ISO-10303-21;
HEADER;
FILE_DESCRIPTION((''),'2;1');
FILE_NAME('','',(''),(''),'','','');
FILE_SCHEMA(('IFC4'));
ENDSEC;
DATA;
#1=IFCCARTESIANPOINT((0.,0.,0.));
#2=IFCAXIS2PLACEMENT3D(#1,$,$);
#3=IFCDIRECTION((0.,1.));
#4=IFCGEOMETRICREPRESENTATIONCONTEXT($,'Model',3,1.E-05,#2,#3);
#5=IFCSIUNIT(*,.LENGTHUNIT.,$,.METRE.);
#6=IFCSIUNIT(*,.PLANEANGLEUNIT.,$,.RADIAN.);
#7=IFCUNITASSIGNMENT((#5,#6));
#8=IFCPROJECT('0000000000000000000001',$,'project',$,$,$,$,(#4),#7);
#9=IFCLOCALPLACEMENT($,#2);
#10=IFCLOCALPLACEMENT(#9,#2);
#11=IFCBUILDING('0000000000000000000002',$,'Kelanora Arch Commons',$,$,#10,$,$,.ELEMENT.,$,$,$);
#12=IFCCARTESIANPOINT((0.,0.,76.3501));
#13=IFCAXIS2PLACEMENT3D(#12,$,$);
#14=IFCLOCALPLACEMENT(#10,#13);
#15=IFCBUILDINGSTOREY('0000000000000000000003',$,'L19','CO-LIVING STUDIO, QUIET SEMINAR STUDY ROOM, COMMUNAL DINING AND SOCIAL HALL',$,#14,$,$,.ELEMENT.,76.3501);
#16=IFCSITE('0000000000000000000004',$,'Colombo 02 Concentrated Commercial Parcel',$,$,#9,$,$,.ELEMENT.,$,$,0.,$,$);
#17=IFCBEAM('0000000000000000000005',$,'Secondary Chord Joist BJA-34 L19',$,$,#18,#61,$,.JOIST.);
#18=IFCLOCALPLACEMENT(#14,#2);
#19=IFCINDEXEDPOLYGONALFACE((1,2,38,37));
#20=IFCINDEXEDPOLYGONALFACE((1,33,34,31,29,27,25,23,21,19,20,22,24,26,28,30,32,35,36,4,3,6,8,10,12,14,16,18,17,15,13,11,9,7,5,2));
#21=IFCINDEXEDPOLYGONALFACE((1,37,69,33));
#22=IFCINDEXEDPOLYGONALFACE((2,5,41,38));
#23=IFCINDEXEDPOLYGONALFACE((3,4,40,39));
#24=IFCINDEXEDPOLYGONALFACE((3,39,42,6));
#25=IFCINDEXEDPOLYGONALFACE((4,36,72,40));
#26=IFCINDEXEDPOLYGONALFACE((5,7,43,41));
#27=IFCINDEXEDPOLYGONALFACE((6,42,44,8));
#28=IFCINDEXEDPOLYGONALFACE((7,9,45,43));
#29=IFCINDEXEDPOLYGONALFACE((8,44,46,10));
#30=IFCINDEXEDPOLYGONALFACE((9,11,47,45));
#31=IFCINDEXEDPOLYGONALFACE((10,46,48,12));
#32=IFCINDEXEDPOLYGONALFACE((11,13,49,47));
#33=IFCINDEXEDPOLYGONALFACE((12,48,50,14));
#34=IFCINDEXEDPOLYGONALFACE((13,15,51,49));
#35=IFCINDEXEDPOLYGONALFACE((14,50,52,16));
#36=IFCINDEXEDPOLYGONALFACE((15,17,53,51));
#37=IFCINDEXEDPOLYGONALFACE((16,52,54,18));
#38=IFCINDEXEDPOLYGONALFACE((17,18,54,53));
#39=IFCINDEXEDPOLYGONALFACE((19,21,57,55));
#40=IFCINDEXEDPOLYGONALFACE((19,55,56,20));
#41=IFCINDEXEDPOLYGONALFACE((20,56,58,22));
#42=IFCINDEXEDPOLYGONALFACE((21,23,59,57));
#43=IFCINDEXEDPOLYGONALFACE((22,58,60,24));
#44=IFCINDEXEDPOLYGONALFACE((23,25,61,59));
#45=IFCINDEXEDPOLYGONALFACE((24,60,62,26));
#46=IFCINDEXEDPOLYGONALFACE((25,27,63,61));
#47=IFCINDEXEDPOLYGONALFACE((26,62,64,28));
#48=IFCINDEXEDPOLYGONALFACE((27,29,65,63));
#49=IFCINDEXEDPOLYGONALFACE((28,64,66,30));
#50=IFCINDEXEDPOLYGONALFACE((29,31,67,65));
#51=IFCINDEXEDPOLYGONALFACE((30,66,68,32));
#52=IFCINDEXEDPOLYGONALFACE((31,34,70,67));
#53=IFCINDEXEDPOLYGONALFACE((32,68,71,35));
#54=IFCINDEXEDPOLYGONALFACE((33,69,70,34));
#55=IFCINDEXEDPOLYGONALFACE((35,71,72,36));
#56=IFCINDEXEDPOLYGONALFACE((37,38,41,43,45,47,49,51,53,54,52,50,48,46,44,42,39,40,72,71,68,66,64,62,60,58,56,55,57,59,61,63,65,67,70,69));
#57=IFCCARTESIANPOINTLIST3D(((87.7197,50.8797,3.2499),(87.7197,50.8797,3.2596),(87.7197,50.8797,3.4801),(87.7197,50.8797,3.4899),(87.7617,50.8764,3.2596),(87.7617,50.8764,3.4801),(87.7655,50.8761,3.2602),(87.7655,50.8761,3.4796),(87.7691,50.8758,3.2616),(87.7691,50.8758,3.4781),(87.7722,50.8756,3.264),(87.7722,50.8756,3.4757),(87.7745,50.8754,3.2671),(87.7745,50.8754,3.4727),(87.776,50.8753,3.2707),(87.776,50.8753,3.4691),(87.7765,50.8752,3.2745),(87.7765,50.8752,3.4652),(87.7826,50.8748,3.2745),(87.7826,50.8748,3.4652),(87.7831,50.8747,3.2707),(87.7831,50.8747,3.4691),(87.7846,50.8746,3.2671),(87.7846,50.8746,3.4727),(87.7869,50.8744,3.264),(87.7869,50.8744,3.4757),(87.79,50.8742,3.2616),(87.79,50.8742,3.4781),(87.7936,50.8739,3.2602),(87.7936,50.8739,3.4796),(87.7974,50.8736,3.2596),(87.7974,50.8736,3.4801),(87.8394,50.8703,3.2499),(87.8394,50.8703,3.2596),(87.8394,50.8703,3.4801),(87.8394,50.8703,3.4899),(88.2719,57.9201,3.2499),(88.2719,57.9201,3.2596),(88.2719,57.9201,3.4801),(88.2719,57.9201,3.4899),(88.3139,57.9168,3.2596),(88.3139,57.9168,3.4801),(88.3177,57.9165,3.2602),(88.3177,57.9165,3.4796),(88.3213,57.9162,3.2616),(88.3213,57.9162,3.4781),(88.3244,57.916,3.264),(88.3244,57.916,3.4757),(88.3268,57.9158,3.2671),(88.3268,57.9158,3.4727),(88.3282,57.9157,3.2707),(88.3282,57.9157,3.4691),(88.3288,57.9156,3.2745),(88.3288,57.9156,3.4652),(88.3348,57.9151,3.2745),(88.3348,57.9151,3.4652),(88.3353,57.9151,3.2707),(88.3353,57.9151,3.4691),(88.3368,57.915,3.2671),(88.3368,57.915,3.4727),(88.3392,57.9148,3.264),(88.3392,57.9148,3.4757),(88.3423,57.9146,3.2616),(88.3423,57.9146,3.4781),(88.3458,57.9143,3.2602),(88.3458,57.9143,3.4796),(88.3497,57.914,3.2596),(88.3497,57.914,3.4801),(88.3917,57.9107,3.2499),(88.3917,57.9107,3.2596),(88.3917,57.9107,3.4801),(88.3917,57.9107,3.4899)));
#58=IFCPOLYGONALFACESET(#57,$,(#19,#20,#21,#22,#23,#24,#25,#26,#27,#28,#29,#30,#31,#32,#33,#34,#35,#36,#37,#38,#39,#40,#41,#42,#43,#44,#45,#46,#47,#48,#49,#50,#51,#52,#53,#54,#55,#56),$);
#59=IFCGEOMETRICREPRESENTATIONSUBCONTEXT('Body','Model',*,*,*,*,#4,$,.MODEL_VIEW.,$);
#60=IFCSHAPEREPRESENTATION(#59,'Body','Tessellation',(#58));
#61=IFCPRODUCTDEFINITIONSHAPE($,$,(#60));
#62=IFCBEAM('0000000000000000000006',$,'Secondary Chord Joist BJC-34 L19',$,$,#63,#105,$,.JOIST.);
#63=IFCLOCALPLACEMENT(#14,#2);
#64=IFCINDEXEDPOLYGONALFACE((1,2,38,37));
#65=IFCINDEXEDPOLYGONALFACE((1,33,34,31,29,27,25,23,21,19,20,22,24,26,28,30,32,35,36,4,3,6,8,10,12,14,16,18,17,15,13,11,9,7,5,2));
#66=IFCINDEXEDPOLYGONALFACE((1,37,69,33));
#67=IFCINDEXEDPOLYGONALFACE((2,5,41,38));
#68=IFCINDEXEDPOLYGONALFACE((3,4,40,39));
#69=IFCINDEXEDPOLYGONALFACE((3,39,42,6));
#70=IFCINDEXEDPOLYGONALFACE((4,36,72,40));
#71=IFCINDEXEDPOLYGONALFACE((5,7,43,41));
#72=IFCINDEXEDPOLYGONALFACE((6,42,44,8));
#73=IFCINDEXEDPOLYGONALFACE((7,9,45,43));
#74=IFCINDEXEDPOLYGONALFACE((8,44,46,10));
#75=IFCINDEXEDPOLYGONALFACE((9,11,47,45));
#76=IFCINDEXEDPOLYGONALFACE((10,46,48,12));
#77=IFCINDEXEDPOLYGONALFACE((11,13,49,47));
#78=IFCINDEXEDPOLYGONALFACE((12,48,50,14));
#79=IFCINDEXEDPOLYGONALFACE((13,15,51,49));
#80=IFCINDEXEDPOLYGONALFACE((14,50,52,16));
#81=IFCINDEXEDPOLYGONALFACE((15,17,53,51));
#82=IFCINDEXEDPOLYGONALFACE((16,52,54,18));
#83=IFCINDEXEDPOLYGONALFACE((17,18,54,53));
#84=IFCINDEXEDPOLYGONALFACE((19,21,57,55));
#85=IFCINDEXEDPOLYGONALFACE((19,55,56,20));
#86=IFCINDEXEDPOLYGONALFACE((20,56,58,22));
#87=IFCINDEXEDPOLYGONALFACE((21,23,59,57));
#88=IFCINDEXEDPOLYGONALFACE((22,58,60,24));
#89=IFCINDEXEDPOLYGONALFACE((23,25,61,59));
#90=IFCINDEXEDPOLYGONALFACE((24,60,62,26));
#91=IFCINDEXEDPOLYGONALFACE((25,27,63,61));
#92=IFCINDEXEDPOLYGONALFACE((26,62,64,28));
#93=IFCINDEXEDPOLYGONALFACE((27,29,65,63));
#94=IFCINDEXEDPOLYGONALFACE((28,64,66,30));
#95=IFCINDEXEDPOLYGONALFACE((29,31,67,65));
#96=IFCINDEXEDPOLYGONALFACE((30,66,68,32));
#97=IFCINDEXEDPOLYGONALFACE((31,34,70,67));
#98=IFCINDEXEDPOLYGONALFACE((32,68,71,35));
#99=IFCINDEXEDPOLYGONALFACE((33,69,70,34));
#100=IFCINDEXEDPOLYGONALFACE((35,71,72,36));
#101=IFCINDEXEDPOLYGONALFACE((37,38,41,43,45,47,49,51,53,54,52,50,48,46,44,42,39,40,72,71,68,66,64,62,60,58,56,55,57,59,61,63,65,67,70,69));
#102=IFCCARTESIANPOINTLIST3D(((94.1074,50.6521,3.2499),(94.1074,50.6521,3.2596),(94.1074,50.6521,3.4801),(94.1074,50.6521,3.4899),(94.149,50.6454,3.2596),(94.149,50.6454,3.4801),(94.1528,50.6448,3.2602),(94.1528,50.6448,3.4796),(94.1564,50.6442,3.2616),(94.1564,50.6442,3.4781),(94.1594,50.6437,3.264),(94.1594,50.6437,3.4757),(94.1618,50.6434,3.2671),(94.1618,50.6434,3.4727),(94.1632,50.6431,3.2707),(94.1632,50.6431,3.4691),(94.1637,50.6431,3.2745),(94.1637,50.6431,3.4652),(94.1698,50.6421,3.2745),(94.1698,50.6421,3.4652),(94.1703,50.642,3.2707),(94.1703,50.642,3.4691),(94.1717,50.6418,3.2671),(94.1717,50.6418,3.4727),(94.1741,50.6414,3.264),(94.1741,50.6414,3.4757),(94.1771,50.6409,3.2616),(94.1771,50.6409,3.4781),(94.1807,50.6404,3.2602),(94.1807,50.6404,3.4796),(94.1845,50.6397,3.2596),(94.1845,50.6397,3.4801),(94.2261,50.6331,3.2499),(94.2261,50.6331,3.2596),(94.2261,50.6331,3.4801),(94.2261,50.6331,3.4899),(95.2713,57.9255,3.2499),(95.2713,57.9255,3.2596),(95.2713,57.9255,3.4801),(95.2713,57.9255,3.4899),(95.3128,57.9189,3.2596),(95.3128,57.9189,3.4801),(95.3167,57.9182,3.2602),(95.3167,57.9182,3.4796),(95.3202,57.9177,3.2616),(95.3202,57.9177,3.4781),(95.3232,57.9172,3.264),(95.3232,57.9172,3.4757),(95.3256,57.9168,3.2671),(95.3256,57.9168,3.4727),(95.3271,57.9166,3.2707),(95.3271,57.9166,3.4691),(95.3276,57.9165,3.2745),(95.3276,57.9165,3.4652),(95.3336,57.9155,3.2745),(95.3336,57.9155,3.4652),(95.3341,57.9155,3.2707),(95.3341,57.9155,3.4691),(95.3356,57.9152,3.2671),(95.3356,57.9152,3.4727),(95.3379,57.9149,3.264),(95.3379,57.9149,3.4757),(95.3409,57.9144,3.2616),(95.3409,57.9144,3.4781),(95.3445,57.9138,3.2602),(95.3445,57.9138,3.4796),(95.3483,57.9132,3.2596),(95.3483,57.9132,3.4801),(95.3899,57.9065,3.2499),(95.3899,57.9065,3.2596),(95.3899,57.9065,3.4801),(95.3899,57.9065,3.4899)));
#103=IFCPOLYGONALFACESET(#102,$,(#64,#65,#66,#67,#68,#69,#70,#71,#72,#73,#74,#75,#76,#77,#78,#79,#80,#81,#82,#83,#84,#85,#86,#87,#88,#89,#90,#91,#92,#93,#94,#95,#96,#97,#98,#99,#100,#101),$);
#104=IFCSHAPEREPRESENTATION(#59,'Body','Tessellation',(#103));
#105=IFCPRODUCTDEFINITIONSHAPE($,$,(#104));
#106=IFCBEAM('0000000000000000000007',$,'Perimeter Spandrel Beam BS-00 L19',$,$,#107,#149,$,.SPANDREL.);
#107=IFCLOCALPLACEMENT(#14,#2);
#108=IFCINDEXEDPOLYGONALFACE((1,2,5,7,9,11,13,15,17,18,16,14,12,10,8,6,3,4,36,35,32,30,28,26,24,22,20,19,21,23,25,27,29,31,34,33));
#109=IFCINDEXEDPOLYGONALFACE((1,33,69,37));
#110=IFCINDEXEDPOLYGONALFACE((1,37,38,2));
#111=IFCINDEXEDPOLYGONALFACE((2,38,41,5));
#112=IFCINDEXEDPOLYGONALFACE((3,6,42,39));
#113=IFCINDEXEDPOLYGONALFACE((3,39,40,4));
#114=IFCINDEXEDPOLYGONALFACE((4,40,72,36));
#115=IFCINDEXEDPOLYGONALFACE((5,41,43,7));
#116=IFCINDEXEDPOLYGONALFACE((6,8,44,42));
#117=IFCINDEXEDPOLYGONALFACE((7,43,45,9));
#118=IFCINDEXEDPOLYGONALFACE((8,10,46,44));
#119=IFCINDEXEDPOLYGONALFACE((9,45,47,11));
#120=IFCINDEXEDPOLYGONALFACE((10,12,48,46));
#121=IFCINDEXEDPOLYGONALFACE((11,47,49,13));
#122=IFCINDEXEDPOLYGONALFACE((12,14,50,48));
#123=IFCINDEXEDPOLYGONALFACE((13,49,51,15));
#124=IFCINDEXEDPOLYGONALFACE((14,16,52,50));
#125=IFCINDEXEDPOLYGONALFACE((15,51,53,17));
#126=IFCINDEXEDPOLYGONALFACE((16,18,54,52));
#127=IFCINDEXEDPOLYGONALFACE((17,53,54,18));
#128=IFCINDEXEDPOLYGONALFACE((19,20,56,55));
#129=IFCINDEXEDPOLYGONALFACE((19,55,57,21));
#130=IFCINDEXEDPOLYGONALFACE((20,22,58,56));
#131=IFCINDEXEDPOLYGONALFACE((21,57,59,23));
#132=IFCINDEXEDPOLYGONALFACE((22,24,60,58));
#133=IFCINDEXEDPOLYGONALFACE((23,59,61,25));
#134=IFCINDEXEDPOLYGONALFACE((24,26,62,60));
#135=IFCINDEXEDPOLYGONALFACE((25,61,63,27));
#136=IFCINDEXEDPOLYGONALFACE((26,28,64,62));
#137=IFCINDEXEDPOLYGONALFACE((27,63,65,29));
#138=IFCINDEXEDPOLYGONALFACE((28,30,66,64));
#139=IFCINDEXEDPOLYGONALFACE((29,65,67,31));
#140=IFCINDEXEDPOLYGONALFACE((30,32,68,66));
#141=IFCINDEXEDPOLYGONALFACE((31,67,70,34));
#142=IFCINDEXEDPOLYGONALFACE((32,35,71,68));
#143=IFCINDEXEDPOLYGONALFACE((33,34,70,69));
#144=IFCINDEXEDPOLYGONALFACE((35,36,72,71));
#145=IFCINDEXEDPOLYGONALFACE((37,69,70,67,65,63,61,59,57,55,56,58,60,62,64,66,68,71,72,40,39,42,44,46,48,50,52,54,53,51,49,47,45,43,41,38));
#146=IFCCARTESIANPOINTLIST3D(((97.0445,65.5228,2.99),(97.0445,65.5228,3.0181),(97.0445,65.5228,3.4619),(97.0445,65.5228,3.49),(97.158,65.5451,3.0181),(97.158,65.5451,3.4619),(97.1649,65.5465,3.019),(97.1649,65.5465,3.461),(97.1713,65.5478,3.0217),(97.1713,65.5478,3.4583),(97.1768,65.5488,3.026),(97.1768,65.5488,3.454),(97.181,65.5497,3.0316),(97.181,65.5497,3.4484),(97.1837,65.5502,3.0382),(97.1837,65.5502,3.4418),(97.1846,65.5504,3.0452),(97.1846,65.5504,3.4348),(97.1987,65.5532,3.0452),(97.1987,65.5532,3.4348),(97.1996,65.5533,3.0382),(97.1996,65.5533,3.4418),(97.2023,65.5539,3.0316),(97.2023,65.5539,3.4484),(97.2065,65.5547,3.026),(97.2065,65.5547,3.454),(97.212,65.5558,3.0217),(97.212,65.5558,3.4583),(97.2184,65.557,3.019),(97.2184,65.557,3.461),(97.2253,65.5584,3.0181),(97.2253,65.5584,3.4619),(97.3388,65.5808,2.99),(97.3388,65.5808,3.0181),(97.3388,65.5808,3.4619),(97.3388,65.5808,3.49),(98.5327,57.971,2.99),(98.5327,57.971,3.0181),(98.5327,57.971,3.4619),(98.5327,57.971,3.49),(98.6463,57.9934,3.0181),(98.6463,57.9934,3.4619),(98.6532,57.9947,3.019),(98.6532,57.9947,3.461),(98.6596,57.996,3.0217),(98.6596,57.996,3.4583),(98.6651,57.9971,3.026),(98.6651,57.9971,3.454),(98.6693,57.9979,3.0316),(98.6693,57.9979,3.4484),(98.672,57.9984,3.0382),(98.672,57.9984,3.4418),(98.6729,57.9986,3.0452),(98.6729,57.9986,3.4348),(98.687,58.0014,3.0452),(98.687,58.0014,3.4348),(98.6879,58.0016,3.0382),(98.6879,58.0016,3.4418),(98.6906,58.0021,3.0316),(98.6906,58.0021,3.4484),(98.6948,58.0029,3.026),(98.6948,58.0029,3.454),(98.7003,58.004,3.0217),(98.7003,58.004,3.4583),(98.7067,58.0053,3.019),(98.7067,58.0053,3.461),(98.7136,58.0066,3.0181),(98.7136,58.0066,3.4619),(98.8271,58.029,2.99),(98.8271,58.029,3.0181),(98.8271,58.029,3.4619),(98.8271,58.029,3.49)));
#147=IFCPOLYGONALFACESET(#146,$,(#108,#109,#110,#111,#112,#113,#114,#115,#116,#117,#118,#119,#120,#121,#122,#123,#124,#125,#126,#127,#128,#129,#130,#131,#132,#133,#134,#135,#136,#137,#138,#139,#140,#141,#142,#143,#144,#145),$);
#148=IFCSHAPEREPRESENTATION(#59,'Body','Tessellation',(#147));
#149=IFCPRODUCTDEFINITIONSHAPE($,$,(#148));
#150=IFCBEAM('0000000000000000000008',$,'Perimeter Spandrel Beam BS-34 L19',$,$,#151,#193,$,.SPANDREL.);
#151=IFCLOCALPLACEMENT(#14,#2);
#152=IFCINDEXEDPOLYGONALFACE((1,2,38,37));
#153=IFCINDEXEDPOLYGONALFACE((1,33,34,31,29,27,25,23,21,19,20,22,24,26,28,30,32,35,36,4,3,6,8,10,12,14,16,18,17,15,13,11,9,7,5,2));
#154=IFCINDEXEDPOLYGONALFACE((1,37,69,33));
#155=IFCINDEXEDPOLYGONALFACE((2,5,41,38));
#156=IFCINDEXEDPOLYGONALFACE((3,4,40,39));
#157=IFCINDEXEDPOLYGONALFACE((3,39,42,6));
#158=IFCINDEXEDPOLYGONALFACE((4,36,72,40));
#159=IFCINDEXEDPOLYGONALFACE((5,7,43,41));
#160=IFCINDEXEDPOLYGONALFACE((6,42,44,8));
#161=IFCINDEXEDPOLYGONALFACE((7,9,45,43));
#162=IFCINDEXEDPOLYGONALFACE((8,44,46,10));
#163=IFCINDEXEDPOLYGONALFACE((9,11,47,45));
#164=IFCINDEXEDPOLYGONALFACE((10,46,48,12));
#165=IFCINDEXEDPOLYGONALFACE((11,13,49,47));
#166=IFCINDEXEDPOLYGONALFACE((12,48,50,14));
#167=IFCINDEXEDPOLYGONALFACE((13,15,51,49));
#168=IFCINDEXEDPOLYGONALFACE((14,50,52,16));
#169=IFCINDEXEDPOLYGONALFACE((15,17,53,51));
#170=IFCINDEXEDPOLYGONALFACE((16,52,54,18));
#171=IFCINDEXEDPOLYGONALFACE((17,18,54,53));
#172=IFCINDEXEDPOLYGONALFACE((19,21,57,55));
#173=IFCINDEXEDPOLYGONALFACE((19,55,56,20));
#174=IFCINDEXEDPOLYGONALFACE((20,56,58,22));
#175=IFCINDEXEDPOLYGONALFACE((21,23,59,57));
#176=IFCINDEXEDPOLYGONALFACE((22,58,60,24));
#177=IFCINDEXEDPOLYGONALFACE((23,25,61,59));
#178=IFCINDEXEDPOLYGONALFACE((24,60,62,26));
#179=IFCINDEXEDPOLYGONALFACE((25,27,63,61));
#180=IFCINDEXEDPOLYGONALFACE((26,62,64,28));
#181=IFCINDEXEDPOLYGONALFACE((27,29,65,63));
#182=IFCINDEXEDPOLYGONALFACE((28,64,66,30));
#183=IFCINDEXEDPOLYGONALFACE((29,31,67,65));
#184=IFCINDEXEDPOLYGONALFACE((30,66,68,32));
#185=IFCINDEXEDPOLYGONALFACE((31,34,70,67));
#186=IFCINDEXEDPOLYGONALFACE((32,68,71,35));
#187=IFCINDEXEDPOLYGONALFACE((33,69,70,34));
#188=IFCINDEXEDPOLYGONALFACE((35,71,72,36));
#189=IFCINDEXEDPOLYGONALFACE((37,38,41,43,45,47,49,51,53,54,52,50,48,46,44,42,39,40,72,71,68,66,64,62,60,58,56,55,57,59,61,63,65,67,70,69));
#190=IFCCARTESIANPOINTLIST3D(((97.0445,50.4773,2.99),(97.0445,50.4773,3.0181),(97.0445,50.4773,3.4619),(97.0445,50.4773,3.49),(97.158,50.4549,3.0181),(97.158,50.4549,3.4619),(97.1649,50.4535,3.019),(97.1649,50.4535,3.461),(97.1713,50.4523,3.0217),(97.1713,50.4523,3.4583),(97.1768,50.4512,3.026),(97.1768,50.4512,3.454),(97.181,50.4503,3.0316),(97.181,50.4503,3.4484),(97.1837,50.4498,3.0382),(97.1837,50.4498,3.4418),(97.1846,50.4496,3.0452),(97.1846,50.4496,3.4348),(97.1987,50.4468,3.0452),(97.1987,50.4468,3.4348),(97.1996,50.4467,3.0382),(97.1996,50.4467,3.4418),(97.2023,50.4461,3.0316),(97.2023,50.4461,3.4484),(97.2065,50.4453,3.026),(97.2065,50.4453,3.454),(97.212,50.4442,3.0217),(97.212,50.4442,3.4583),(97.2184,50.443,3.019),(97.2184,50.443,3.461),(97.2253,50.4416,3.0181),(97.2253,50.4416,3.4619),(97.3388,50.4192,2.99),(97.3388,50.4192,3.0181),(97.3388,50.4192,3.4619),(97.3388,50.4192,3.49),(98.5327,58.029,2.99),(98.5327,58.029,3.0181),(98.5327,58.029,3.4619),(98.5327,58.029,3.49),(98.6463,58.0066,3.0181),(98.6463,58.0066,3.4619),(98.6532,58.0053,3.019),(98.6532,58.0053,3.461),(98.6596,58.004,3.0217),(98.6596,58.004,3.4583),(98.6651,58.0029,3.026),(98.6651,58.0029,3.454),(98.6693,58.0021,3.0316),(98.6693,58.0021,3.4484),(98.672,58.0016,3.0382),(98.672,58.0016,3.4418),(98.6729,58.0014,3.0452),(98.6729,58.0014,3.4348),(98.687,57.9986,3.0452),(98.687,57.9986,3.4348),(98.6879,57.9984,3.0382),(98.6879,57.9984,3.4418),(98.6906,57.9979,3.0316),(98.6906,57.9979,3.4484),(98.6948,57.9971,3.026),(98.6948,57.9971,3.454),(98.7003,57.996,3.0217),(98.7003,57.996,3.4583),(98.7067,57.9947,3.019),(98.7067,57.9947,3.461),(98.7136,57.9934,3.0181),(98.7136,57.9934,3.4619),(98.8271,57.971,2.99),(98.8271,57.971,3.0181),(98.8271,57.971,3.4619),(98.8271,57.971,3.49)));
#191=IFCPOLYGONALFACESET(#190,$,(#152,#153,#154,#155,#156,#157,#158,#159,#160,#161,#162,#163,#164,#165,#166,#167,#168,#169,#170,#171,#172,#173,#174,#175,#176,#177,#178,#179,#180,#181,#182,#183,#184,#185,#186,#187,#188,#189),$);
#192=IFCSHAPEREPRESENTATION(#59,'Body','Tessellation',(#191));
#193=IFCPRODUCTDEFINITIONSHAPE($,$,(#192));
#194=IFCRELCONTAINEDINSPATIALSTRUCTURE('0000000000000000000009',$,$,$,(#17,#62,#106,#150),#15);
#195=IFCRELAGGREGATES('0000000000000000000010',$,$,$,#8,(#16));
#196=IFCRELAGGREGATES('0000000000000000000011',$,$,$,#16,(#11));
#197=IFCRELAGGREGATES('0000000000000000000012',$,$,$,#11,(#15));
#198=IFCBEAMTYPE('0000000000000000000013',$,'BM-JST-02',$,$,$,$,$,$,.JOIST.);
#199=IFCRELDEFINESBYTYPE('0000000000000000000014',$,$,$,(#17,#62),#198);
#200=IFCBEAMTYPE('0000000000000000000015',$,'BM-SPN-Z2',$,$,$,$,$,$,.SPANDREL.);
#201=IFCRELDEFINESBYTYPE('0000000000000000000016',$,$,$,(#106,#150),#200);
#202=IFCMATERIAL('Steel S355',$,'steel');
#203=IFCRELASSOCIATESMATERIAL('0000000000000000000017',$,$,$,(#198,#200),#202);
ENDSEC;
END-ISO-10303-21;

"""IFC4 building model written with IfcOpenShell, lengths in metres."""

from ifc_helpers import new_model, si_unit, direction, frame, origin, origin_2d, place, context, subcontext, project, spatial, i_section, extrude, material, material_profile, profile_set, type_object, element, save


model = new_model("IFC4")

# Units and contexts
model_context = context("Model", 3, precision=1e-05, world=origin(), true_north=direction((0.0, 1.0)))
body_context = subcontext(model_context, "Body", "Model", "MODEL_VIEW")
ifc_project = project(units=[si_unit("LENGTHUNIT", "METRE"), si_unit("PLANEANGLEUNIT", "RADIAN")], contexts=[model_context])

# Site, building, storey
site_placement = place(None, origin())
site = spatial("IfcSite", under=ifc_project, at=site_placement, Name="Colombo 02 Concentrated Commercial Parcel", CompositionType="ELEMENT", RefElevation=0.0)
building_placement = place(site_placement, origin())
building = spatial("IfcBuilding", under=site, at=building_placement, Name="Kelanora Arch Commons", CompositionType="ELEMENT")
storey_placement = place(building_placement, frame((0.0, 0.0, 76.3501)))
storey = spatial("IfcBuildingStorey", under=building, at=storey_placement, Name="L19", Description="CO-LIVING STUDIO, QUIET SEMINAR STUDY ROOM, COMMUNAL DINING AND SOCIAL HALL", CompositionType="ELEMENT", Elevation=76.3501)

# Beams
ifc_material_1 = material(Name="Steel S355", Category="steel")
ifc_material_profile_1 = material_profile(ifc_material_1, i_section(OverallWidth=0.1201, OverallDepth=0.24, WebThickness=0.0061, FlangeThickness=0.0098, FilletRadius=0.0149, at=origin_2d()), Name="IPE240")
ifc_profile_set_1 = profile_set([ifc_material_profile_1], Name="Steel S355")
beam_type_1 = type_object("IfcBeamType", Name="BM-JST-02", PredefinedType="JOIST", material=ifc_profile_set_1)
beam_1_placement = place(storey_placement, frame((87.7795, 50.875, 3.3699), z_axis=(0.078201, 0.996938, 0.0), x_axis=(-0.996938, 0.078201, 0.0)))
element("IfcBeam", 1, at=beam_1_placement, inside=storey, type_object=beam_type_1, Name="Secondary Chord Joist BJA-34 L19", PredefinedType="JOIST", context=body_context, shape_type="SweptSolid", body=[
    extrude(i_section(OverallWidth=0.1201, OverallDepth=0.24, WebThickness=0.0061, FlangeThickness=0.0098, FilletRadius=0.0149, at=origin_2d()), origin(), (0.0, 0.0, 1.0), 7.062),
])
beam_2_placement = place(storey_placement, frame((94.1667, 50.6426, 3.3699), z_axis=(0.158, 0.987439, 0.0), x_axis=(-0.987439, 0.158, 0.0)))
element("IfcBeam", 2, at=beam_2_placement, inside=storey, type_object=beam_type_1, Name="Secondary Chord Joist BJC-34 L19", PredefinedType="JOIST", context=body_context, shape_type="SweptSolid", body=[
    extrude(i_section(OverallWidth=0.1201, OverallDepth=0.24, WebThickness=0.0061, FlangeThickness=0.0098, FilletRadius=0.0149, at=origin_2d()), origin(), (0.0, 0.0, 1.0), 7.366),
])
ifc_material_profile_2 = material_profile(ifc_material_1, i_section(OverallWidth=0.3, OverallDepth=0.5, WebThickness=0.0144, FlangeThickness=0.0281, FilletRadius=0.0271, at=origin_2d()), Name="HEB500")
ifc_profile_set_2 = profile_set([ifc_material_profile_2], Name="Steel S355")
beam_type_2 = type_object("IfcBeamType", Name="BM-SPN-Z2", PredefinedType="SPANDREL", material=ifc_profile_set_2)
for number, where, z_axis, x_axis, name in (
    (3, (98.6799, 58.0, 3.24), (-0.193358, 0.981128, 0.0), (-0.981128, -0.193358, 0.0), "Perimeter Spandrel Beam BS-00 L19"),
    (4, (97.1917, 50.4482, 3.24), (0.193358, 0.981128, 0.0), (-0.981128, 0.193358, 0.0), "Perimeter Spandrel Beam BS-34 L19"),
):
    element("IfcBeam", number, at=place(storey_placement, frame(where, z_axis=z_axis, x_axis=x_axis)), inside=storey, type_object=beam_type_2, Name=name, PredefinedType="SPANDREL", context=body_context, shape_type="SweptSolid", body=[
        extrude(i_section(OverallWidth=0.3, OverallDepth=0.5, WebThickness=0.0144, FlangeThickness=0.0281, FilletRadius=0.0271, at=origin_2d()), origin(), (0.0, 0.0, 1.0), 7.697),
    ])

save(model, "model.ifc")
